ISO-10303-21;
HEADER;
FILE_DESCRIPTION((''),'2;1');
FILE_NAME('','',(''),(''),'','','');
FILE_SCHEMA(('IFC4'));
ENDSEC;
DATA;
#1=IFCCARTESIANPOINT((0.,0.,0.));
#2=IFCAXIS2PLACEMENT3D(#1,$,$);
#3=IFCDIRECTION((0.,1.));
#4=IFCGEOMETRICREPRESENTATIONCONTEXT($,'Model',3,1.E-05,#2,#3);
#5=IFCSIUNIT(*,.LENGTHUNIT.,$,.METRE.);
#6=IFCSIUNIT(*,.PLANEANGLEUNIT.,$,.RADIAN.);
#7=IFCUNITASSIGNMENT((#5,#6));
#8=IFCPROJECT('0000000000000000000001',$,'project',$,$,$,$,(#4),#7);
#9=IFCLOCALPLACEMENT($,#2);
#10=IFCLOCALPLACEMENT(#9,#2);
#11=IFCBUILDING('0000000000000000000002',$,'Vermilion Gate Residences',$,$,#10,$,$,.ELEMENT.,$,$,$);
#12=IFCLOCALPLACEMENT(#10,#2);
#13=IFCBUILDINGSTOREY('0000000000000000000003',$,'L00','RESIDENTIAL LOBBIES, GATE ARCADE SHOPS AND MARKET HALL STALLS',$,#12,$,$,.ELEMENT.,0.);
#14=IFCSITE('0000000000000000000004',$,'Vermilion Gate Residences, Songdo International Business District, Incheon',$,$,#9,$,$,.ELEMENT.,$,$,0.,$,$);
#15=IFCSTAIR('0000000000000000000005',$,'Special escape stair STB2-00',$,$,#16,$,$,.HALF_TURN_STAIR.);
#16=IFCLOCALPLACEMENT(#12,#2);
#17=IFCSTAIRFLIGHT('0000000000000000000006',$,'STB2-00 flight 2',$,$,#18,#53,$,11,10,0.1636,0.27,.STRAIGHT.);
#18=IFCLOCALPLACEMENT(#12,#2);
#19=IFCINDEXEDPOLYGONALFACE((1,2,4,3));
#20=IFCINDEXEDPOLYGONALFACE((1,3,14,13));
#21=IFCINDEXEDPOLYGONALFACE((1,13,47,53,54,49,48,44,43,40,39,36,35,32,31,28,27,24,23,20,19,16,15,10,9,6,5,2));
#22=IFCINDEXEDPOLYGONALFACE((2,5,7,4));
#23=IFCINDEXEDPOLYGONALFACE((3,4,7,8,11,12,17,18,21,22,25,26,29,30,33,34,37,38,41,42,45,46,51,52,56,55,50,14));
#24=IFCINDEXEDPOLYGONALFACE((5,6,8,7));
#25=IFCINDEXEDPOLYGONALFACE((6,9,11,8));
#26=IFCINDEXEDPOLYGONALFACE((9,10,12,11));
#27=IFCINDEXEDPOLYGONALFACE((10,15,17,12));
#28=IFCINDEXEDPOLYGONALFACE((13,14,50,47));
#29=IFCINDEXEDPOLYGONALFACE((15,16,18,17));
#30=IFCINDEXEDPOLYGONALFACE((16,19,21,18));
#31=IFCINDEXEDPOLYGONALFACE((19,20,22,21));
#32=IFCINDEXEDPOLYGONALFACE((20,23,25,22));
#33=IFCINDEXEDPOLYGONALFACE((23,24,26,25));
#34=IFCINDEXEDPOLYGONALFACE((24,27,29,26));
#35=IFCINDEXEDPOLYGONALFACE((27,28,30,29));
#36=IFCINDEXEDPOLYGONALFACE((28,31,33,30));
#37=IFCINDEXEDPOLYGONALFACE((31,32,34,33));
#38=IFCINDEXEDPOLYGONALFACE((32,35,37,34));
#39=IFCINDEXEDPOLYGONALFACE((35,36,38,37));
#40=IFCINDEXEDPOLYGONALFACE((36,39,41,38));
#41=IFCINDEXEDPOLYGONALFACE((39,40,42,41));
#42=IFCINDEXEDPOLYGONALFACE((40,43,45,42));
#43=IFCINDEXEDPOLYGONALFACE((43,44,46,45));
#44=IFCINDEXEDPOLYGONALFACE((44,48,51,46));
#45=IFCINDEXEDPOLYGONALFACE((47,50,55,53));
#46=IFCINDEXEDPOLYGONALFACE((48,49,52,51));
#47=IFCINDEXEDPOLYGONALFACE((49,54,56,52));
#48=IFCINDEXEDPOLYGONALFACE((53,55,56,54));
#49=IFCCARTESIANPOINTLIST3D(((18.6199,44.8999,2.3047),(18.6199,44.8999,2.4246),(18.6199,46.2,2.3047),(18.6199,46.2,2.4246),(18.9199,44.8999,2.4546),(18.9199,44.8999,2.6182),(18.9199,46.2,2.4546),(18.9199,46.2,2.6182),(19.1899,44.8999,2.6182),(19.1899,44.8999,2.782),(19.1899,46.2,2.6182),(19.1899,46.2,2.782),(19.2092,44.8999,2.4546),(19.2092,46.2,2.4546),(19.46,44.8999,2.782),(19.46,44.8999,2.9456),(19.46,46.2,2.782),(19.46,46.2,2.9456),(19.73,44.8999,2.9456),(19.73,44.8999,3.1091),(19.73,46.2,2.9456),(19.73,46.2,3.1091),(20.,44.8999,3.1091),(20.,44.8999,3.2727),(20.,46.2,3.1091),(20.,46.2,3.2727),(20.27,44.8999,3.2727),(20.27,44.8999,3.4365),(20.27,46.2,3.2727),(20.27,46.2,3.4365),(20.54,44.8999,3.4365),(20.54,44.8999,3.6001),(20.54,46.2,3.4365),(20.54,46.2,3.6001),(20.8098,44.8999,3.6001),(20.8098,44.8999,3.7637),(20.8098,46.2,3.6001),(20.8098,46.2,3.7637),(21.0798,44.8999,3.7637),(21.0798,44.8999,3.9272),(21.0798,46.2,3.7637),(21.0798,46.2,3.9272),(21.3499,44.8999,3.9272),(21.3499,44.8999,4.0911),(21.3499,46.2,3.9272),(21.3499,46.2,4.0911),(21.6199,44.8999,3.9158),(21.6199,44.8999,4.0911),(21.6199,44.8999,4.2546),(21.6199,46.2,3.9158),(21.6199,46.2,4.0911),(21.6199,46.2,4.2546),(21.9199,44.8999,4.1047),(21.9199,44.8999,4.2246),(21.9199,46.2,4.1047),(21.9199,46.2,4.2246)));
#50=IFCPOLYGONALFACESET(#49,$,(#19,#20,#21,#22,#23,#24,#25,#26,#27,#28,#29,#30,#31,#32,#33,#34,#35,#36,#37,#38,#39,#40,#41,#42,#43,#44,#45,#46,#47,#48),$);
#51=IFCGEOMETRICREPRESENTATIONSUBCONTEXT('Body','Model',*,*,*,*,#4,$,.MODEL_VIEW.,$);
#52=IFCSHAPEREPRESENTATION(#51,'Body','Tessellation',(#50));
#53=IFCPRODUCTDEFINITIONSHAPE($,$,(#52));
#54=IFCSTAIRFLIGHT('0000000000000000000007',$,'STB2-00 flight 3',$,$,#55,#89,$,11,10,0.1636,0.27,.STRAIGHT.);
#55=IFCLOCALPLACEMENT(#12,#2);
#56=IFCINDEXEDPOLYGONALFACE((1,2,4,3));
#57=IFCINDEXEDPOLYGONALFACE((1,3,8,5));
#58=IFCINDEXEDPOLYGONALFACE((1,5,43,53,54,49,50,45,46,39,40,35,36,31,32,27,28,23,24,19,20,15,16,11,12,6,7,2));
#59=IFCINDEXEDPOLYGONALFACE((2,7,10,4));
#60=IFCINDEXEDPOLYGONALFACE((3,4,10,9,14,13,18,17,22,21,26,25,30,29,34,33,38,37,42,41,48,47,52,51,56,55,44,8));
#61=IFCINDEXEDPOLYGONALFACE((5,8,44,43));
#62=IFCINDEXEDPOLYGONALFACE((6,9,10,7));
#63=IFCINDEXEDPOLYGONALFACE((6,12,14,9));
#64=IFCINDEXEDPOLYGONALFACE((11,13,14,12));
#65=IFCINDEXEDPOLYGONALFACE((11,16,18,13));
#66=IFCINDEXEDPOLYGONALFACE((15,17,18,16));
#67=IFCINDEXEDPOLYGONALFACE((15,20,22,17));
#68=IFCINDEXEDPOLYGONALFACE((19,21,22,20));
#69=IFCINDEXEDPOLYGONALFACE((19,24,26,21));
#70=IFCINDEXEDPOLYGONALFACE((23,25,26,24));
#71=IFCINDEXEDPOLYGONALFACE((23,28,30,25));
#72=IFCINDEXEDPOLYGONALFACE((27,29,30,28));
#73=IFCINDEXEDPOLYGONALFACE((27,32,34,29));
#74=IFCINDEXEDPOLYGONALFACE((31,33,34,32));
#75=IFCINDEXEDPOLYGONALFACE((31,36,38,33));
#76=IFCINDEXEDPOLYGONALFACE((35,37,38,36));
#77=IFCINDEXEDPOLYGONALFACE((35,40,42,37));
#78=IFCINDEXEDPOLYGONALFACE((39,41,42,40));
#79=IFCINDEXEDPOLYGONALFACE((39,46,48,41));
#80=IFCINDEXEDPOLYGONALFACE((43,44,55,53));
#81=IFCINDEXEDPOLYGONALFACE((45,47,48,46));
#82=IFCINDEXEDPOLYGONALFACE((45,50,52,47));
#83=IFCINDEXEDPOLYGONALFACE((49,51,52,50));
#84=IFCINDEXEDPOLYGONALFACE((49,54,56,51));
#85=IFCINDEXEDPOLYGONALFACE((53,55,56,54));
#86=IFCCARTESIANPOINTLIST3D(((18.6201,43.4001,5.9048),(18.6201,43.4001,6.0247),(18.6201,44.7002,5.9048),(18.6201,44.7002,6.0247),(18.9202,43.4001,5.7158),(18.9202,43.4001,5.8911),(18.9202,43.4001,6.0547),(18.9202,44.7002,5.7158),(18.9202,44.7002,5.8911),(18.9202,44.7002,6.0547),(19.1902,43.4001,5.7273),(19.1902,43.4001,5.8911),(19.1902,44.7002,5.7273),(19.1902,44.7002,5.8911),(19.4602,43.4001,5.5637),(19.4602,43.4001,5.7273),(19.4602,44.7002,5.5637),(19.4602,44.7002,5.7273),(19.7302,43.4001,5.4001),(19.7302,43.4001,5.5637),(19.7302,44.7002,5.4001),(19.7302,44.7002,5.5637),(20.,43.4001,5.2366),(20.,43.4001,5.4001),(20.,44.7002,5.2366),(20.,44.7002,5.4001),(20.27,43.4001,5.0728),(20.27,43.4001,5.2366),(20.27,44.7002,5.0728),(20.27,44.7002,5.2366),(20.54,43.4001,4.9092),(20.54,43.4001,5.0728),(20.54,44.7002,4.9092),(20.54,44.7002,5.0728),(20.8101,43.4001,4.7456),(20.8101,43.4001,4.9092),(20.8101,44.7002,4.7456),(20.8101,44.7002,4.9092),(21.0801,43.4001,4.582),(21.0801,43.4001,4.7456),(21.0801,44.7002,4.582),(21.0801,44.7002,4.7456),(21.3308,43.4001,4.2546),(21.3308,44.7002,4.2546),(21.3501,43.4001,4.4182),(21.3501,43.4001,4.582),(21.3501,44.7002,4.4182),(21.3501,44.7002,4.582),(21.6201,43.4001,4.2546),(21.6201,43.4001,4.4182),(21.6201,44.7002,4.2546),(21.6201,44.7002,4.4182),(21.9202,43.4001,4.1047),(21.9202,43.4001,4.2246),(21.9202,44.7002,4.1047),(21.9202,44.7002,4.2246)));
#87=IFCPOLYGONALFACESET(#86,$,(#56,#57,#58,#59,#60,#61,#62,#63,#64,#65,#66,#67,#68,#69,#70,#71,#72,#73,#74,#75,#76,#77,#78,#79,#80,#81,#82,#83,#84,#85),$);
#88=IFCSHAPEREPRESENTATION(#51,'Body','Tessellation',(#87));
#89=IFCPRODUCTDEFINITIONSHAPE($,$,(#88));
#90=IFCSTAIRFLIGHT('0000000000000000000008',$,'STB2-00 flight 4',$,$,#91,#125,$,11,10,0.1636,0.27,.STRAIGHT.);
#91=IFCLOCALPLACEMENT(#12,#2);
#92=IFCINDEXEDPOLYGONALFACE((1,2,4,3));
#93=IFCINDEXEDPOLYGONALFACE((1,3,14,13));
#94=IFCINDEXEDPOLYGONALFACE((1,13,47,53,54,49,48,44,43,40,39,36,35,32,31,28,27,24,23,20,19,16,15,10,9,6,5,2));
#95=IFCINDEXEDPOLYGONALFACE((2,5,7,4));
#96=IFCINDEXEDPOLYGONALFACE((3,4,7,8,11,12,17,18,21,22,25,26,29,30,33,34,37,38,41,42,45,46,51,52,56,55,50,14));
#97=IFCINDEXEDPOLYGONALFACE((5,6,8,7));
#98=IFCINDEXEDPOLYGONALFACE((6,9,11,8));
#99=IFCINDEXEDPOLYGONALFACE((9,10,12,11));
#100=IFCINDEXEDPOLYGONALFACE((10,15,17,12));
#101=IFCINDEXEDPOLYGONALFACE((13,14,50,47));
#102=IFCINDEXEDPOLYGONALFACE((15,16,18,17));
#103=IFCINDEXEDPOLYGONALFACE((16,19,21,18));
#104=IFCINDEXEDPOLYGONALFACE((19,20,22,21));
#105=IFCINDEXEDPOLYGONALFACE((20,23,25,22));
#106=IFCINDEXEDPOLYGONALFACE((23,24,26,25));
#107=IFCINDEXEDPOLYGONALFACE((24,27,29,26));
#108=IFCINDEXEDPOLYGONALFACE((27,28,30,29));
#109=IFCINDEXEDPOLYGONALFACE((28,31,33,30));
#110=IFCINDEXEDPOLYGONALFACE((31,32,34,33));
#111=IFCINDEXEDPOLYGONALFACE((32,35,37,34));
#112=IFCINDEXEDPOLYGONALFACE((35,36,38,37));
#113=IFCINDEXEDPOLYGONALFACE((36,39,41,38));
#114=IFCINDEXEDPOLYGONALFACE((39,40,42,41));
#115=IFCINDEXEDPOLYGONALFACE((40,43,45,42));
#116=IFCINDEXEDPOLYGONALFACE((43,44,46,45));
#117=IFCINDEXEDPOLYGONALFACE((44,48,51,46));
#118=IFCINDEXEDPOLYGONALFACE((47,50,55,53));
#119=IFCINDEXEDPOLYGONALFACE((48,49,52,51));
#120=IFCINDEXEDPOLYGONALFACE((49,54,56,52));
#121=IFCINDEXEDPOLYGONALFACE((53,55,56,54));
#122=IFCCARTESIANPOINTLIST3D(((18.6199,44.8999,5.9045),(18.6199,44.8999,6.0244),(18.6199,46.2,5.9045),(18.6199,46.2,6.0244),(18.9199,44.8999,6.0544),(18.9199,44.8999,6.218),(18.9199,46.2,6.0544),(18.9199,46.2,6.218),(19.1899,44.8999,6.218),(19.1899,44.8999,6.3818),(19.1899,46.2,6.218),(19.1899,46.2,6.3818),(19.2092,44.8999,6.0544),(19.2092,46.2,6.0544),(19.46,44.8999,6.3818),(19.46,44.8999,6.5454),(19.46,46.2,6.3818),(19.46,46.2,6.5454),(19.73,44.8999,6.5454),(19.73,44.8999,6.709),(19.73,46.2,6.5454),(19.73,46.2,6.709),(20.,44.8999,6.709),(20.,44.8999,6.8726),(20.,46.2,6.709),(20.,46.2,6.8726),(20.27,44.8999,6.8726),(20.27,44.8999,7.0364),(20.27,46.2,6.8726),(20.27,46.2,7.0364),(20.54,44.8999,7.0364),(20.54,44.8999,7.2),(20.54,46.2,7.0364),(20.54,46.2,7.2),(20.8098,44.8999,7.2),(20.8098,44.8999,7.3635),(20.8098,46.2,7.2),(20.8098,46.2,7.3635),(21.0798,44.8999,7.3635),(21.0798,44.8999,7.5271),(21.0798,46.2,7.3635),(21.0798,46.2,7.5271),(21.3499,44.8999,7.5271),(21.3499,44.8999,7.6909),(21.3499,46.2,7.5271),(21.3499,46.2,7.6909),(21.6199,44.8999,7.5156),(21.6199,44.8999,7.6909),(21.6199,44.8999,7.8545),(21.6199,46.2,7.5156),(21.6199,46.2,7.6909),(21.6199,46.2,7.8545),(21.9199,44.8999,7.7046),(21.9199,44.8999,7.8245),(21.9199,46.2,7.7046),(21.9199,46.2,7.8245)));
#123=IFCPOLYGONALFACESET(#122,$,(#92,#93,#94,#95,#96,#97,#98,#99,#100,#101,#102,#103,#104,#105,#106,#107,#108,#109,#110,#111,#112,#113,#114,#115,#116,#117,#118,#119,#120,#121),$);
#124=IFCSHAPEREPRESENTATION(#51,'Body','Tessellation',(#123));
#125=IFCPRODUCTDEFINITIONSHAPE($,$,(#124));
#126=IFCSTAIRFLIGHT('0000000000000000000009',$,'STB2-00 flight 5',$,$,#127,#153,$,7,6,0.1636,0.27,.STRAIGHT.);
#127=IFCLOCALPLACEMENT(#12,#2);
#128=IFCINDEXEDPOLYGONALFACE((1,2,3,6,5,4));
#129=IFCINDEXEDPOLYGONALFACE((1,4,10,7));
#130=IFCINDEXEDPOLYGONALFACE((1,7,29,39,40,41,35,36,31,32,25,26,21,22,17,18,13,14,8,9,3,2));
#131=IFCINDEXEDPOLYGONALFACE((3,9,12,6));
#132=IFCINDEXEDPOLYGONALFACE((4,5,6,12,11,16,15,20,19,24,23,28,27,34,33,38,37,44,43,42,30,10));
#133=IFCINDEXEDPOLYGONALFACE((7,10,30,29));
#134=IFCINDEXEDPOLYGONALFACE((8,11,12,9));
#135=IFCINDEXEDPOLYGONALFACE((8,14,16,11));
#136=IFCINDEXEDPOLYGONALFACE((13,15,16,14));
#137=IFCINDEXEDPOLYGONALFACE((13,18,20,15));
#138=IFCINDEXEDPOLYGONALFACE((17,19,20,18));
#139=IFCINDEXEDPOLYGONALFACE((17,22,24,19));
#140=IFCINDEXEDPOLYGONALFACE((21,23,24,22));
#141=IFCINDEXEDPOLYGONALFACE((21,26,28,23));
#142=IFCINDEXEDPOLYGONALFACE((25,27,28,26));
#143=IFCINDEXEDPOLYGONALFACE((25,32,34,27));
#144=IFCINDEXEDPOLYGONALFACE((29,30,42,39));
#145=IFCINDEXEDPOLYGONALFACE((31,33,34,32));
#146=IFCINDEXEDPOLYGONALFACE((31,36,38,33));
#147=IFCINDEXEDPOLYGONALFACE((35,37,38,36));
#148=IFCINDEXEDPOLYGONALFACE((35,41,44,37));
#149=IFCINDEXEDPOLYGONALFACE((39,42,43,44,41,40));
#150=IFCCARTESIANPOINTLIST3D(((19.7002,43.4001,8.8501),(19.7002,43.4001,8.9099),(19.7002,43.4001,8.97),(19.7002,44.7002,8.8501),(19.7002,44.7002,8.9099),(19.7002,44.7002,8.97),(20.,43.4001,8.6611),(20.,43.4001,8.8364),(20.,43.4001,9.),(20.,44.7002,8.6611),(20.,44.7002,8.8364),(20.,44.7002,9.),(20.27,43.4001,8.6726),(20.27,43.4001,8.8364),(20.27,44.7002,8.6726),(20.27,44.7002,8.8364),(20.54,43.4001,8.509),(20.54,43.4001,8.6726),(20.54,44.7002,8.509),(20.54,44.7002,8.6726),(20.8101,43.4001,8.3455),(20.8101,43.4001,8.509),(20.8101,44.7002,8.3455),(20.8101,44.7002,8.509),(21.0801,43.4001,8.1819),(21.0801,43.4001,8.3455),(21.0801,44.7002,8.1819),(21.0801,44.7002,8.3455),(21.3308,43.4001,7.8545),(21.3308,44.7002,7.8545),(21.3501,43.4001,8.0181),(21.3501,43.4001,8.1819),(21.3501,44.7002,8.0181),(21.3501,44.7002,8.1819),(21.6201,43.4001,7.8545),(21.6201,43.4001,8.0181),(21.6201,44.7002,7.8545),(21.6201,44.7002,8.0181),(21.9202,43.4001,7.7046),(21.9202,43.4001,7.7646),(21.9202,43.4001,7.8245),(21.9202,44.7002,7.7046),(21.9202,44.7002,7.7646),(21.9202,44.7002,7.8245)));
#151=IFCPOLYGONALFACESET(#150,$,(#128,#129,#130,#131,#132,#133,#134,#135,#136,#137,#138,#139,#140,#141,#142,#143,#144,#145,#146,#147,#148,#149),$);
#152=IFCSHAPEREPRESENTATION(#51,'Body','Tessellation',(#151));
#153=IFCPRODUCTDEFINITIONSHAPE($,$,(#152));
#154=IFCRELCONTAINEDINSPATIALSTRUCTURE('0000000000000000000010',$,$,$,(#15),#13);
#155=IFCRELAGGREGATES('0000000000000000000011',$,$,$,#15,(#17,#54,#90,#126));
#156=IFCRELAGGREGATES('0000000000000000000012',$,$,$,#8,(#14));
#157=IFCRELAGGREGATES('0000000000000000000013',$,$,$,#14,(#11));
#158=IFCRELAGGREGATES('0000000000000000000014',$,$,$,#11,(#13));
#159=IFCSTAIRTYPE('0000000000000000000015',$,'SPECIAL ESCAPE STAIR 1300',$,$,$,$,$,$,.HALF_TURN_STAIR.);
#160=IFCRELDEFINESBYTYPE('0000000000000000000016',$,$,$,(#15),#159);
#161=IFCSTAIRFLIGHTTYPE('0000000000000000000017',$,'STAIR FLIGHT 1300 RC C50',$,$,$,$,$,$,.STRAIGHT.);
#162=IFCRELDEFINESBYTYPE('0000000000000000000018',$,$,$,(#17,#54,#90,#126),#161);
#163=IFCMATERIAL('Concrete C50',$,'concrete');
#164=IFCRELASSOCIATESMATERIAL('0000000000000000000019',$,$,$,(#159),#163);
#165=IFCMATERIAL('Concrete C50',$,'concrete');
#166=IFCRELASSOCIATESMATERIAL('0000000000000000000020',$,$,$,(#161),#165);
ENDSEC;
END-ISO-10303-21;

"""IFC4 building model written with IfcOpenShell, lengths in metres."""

from ifc_helpers import new_model, si_unit, direction, frame, origin, place, context, subcontext, project, spatial, polyline, outline, extrude, material, type_object, element, aggregate, save


model = new_model("IFC4")

# Units and contexts
model_context = context("Model", 3, precision=1e-05, world=origin(), true_north=direction((0.0, 1.0)))
body_context = subcontext(model_context, "Body", "Model", "MODEL_VIEW")
ifc_project = project(units=[si_unit("LENGTHUNIT", "METRE"), si_unit("PLANEANGLEUNIT", "RADIAN")], contexts=[model_context])

# Site, building, storey
site_placement = place(None, origin())
site = spatial("IfcSite", under=ifc_project, at=site_placement, Name="Vermilion Gate Residences, Songdo International Business District, Incheon", CompositionType="ELEMENT", RefElevation=0.0)
building_placement = place(site_placement, origin())
building = spatial("IfcBuilding", under=site, at=building_placement, Name="Vermilion Gate Residences", CompositionType="ELEMENT")
storey_placement = place(building_placement, origin())
storey = spatial("IfcBuildingStorey", under=building, at=storey_placement, Name="L00", Description="RESIDENTIAL LOBBIES, GATE ARCADE SHOPS AND MARKET HALL STALLS", CompositionType="ELEMENT", Elevation=0.0)

# Stair, stair flights
ifc_material_1 = material(Name="Concrete C50", Category="concrete")
stair_type = type_object("IfcStairType", Name="SPECIAL ESCAPE STAIR 1300", PredefinedType="HALF_TURN_STAIR", material=ifc_material_1)
ifc_material_2 = material(Name="Concrete C50", Category="concrete")
stair_flight_type = type_object("IfcStairFlightType", Name="STAIR FLIGHT 1300 RC C50", PredefinedType="STRAIGHT", material=ifc_material_2)
stair_1_placement = place(storey_placement, origin())
stair_1 = element("IfcStair", 1, at=stair_1_placement, inside=storey, type_object=stair_type, Name="Special escape stair STB2-00", PredefinedType="HALF_TURN_STAIR")
stair_flight_1_placement = place(storey_placement, frame((18.9199, 45.55, 2.4546), z_axis=(0.0, 0.0, 1.0), x_axis=(1.0, 0.0, 0.0)))
stair_flight_1 = element("IfcStairFlight", 2, at=stair_flight_1_placement, type_object=stair_flight_type, Name="STB2-00 flight 2", NumberOfRisers=11, NumberOfTreads=10, PredefinedType="STRAIGHT", RiserHeight=0.1636, TreadLength=0.27, context=body_context, shape_type="SweptSolid", body=[
    extrude(outline(polyline([(-0.3, -0.1499), (-0.3, -0.03), (0.0, 0.0), (0.0, 0.1636), (0.27, 0.1636), (0.27, 0.3274), (0.54, 0.3274), (0.54, 0.491), (0.8101, 0.491), (0.8101, 0.6545), (1.0801, 0.6545), (1.0801, 0.8181), (1.3501, 0.8181), (1.3501, 0.9819), (1.6201, 0.9819), (1.6201, 1.1455), (1.8899, 1.1455), (1.8899, 1.3091), (2.1599, 1.3091), (2.1599, 1.4727), (2.4299, 1.4727), (2.4299, 1.6365), (2.7, 1.6365), (2.7, 1.8), (3.0, 1.77), (3.0, 1.6501), (2.7, 1.4612), (0.2893, 0.0), (-0.3, -0.1499)])), frame((0.0, 0.6499, 0.0), z_axis=(0.0, -1.0, 0.0), x_axis=(1.0, 0.0, 0.0)), (0.0, 0.0, 1.0), 1.3),
])
stair_flight_2_placement = place(storey_placement, frame((21.6201, 44.05, 4.2546), z_axis=(0.0, 0.0, 1.0), x_axis=(-1.0, 0.0, 0.0)))
stair_flight_2 = element("IfcStairFlight", 3, at=stair_flight_2_placement, type_object=stair_flight_type, Name="STB2-00 flight 3", NumberOfRisers=11, NumberOfTreads=10, PredefinedType="STRAIGHT", RiserHeight=0.1636, TreadLength=0.27, context=body_context, shape_type="SweptSolid", body=[
    extrude(outline(polyline([(-0.3, -0.1499), (-0.3, -0.03), (0.0, 0.0), (0.0, 0.1636), (0.27, 0.1636), (0.27, 0.3274), (0.54, 0.3274), (0.54, 0.491), (0.8101, 0.491), (0.8101, 0.6545), (1.0801, 0.6545), (1.0801, 0.8181), (1.3501, 0.8181), (1.3501, 0.9819), (1.6201, 0.9819), (1.6201, 1.1455), (1.8899, 1.1455), (1.8899, 1.3091), (2.1599, 1.3091), (2.1599, 1.4727), (2.4299, 1.4727), (2.4299, 1.6365), (2.7, 1.6365), (2.7, 1.8), (3.0, 1.77), (3.0, 1.6501), (2.7, 1.4612), (0.2893, 0.0), (-0.3, -0.1499)])), frame((0.0, 0.6499, 0.0), z_axis=(0.0, -1.0, 0.0), x_axis=(1.0, 0.0, 0.0)), (0.0, 0.0, 1.0), 1.3),
])
stair_flight_3_placement = place(storey_placement, frame((18.9199, 45.55, 6.0544), z_axis=(0.0, 0.0, 1.0), x_axis=(1.0, 0.0, 0.0)))
stair_flight_3 = element("IfcStairFlight", 4, at=stair_flight_3_placement, type_object=stair_flight_type, Name="STB2-00 flight 4", NumberOfRisers=11, NumberOfTreads=10, PredefinedType="STRAIGHT", RiserHeight=0.1636, TreadLength=0.27, context=body_context, shape_type="SweptSolid", body=[
    extrude(outline(polyline([(-0.3, -0.1499), (-0.3, -0.03), (0.0, 0.0), (0.0, 0.1636), (0.27, 0.1636), (0.27, 0.3274), (0.54, 0.3274), (0.54, 0.491), (0.8101, 0.491), (0.8101, 0.6545), (1.0801, 0.6545), (1.0801, 0.8181), (1.3501, 0.8181), (1.3501, 0.9819), (1.6201, 0.9819), (1.6201, 1.1455), (1.8899, 1.1455), (1.8899, 1.3091), (2.1599, 1.3091), (2.1599, 1.4727), (2.4299, 1.4727), (2.4299, 1.6365), (2.7, 1.6365), (2.7, 1.8), (3.0, 1.77), (3.0, 1.6501), (2.7, 1.4612), (0.2893, 0.0), (-0.3, -0.1499)])), frame((0.0, 0.6499, 0.0), z_axis=(0.0, -1.0, 0.0), x_axis=(1.0, 0.0, 0.0)), (0.0, 0.0, 1.0), 1.3),
])
stair_flight_4_placement = place(storey_placement, frame((21.6201, 44.05, 7.8545), z_axis=(0.0, 0.0, 1.0), x_axis=(-1.0, 0.0, 0.0)))
stair_flight_4 = element("IfcStairFlight", 5, at=stair_flight_4_placement, type_object=stair_flight_type, Name="STB2-00 flight 5", NumberOfRisers=7, NumberOfTreads=6, PredefinedType="STRAIGHT", RiserHeight=0.1636, TreadLength=0.27, context=body_context, shape_type="SweptSolid", body=[
    extrude(outline(polyline([(-0.3, -0.1499), (-0.3, -0.0898), (-0.3, -0.03), (0.0, 0.0), (0.0, 0.1636), (0.27, 0.1636), (0.27, 0.3274), (0.54, 0.3274), (0.54, 0.491), (0.8101, 0.491), (0.8101, 0.6545), (1.0801, 0.6545), (1.0801, 0.8181), (1.3501, 0.8181), (1.3501, 0.9819), (1.6201, 0.9819), (1.6201, 1.1455), (1.9199, 1.1155), (1.9199, 1.0554), (1.9199, 0.9956), (1.6201, 0.8066), (0.2893, 0.0), (-0.3, -0.1499)])), frame((0.0, 0.6499, 0.0), z_axis=(0.0, -1.0, 0.0), x_axis=(1.0, 0.0, 0.0)), (0.0, 0.0, 1.0), 1.3),
])
aggregate(stair_1, [stair_flight_1, stair_flight_2, stair_flight_3, stair_flight_4])

save(model, "model.ifc")
